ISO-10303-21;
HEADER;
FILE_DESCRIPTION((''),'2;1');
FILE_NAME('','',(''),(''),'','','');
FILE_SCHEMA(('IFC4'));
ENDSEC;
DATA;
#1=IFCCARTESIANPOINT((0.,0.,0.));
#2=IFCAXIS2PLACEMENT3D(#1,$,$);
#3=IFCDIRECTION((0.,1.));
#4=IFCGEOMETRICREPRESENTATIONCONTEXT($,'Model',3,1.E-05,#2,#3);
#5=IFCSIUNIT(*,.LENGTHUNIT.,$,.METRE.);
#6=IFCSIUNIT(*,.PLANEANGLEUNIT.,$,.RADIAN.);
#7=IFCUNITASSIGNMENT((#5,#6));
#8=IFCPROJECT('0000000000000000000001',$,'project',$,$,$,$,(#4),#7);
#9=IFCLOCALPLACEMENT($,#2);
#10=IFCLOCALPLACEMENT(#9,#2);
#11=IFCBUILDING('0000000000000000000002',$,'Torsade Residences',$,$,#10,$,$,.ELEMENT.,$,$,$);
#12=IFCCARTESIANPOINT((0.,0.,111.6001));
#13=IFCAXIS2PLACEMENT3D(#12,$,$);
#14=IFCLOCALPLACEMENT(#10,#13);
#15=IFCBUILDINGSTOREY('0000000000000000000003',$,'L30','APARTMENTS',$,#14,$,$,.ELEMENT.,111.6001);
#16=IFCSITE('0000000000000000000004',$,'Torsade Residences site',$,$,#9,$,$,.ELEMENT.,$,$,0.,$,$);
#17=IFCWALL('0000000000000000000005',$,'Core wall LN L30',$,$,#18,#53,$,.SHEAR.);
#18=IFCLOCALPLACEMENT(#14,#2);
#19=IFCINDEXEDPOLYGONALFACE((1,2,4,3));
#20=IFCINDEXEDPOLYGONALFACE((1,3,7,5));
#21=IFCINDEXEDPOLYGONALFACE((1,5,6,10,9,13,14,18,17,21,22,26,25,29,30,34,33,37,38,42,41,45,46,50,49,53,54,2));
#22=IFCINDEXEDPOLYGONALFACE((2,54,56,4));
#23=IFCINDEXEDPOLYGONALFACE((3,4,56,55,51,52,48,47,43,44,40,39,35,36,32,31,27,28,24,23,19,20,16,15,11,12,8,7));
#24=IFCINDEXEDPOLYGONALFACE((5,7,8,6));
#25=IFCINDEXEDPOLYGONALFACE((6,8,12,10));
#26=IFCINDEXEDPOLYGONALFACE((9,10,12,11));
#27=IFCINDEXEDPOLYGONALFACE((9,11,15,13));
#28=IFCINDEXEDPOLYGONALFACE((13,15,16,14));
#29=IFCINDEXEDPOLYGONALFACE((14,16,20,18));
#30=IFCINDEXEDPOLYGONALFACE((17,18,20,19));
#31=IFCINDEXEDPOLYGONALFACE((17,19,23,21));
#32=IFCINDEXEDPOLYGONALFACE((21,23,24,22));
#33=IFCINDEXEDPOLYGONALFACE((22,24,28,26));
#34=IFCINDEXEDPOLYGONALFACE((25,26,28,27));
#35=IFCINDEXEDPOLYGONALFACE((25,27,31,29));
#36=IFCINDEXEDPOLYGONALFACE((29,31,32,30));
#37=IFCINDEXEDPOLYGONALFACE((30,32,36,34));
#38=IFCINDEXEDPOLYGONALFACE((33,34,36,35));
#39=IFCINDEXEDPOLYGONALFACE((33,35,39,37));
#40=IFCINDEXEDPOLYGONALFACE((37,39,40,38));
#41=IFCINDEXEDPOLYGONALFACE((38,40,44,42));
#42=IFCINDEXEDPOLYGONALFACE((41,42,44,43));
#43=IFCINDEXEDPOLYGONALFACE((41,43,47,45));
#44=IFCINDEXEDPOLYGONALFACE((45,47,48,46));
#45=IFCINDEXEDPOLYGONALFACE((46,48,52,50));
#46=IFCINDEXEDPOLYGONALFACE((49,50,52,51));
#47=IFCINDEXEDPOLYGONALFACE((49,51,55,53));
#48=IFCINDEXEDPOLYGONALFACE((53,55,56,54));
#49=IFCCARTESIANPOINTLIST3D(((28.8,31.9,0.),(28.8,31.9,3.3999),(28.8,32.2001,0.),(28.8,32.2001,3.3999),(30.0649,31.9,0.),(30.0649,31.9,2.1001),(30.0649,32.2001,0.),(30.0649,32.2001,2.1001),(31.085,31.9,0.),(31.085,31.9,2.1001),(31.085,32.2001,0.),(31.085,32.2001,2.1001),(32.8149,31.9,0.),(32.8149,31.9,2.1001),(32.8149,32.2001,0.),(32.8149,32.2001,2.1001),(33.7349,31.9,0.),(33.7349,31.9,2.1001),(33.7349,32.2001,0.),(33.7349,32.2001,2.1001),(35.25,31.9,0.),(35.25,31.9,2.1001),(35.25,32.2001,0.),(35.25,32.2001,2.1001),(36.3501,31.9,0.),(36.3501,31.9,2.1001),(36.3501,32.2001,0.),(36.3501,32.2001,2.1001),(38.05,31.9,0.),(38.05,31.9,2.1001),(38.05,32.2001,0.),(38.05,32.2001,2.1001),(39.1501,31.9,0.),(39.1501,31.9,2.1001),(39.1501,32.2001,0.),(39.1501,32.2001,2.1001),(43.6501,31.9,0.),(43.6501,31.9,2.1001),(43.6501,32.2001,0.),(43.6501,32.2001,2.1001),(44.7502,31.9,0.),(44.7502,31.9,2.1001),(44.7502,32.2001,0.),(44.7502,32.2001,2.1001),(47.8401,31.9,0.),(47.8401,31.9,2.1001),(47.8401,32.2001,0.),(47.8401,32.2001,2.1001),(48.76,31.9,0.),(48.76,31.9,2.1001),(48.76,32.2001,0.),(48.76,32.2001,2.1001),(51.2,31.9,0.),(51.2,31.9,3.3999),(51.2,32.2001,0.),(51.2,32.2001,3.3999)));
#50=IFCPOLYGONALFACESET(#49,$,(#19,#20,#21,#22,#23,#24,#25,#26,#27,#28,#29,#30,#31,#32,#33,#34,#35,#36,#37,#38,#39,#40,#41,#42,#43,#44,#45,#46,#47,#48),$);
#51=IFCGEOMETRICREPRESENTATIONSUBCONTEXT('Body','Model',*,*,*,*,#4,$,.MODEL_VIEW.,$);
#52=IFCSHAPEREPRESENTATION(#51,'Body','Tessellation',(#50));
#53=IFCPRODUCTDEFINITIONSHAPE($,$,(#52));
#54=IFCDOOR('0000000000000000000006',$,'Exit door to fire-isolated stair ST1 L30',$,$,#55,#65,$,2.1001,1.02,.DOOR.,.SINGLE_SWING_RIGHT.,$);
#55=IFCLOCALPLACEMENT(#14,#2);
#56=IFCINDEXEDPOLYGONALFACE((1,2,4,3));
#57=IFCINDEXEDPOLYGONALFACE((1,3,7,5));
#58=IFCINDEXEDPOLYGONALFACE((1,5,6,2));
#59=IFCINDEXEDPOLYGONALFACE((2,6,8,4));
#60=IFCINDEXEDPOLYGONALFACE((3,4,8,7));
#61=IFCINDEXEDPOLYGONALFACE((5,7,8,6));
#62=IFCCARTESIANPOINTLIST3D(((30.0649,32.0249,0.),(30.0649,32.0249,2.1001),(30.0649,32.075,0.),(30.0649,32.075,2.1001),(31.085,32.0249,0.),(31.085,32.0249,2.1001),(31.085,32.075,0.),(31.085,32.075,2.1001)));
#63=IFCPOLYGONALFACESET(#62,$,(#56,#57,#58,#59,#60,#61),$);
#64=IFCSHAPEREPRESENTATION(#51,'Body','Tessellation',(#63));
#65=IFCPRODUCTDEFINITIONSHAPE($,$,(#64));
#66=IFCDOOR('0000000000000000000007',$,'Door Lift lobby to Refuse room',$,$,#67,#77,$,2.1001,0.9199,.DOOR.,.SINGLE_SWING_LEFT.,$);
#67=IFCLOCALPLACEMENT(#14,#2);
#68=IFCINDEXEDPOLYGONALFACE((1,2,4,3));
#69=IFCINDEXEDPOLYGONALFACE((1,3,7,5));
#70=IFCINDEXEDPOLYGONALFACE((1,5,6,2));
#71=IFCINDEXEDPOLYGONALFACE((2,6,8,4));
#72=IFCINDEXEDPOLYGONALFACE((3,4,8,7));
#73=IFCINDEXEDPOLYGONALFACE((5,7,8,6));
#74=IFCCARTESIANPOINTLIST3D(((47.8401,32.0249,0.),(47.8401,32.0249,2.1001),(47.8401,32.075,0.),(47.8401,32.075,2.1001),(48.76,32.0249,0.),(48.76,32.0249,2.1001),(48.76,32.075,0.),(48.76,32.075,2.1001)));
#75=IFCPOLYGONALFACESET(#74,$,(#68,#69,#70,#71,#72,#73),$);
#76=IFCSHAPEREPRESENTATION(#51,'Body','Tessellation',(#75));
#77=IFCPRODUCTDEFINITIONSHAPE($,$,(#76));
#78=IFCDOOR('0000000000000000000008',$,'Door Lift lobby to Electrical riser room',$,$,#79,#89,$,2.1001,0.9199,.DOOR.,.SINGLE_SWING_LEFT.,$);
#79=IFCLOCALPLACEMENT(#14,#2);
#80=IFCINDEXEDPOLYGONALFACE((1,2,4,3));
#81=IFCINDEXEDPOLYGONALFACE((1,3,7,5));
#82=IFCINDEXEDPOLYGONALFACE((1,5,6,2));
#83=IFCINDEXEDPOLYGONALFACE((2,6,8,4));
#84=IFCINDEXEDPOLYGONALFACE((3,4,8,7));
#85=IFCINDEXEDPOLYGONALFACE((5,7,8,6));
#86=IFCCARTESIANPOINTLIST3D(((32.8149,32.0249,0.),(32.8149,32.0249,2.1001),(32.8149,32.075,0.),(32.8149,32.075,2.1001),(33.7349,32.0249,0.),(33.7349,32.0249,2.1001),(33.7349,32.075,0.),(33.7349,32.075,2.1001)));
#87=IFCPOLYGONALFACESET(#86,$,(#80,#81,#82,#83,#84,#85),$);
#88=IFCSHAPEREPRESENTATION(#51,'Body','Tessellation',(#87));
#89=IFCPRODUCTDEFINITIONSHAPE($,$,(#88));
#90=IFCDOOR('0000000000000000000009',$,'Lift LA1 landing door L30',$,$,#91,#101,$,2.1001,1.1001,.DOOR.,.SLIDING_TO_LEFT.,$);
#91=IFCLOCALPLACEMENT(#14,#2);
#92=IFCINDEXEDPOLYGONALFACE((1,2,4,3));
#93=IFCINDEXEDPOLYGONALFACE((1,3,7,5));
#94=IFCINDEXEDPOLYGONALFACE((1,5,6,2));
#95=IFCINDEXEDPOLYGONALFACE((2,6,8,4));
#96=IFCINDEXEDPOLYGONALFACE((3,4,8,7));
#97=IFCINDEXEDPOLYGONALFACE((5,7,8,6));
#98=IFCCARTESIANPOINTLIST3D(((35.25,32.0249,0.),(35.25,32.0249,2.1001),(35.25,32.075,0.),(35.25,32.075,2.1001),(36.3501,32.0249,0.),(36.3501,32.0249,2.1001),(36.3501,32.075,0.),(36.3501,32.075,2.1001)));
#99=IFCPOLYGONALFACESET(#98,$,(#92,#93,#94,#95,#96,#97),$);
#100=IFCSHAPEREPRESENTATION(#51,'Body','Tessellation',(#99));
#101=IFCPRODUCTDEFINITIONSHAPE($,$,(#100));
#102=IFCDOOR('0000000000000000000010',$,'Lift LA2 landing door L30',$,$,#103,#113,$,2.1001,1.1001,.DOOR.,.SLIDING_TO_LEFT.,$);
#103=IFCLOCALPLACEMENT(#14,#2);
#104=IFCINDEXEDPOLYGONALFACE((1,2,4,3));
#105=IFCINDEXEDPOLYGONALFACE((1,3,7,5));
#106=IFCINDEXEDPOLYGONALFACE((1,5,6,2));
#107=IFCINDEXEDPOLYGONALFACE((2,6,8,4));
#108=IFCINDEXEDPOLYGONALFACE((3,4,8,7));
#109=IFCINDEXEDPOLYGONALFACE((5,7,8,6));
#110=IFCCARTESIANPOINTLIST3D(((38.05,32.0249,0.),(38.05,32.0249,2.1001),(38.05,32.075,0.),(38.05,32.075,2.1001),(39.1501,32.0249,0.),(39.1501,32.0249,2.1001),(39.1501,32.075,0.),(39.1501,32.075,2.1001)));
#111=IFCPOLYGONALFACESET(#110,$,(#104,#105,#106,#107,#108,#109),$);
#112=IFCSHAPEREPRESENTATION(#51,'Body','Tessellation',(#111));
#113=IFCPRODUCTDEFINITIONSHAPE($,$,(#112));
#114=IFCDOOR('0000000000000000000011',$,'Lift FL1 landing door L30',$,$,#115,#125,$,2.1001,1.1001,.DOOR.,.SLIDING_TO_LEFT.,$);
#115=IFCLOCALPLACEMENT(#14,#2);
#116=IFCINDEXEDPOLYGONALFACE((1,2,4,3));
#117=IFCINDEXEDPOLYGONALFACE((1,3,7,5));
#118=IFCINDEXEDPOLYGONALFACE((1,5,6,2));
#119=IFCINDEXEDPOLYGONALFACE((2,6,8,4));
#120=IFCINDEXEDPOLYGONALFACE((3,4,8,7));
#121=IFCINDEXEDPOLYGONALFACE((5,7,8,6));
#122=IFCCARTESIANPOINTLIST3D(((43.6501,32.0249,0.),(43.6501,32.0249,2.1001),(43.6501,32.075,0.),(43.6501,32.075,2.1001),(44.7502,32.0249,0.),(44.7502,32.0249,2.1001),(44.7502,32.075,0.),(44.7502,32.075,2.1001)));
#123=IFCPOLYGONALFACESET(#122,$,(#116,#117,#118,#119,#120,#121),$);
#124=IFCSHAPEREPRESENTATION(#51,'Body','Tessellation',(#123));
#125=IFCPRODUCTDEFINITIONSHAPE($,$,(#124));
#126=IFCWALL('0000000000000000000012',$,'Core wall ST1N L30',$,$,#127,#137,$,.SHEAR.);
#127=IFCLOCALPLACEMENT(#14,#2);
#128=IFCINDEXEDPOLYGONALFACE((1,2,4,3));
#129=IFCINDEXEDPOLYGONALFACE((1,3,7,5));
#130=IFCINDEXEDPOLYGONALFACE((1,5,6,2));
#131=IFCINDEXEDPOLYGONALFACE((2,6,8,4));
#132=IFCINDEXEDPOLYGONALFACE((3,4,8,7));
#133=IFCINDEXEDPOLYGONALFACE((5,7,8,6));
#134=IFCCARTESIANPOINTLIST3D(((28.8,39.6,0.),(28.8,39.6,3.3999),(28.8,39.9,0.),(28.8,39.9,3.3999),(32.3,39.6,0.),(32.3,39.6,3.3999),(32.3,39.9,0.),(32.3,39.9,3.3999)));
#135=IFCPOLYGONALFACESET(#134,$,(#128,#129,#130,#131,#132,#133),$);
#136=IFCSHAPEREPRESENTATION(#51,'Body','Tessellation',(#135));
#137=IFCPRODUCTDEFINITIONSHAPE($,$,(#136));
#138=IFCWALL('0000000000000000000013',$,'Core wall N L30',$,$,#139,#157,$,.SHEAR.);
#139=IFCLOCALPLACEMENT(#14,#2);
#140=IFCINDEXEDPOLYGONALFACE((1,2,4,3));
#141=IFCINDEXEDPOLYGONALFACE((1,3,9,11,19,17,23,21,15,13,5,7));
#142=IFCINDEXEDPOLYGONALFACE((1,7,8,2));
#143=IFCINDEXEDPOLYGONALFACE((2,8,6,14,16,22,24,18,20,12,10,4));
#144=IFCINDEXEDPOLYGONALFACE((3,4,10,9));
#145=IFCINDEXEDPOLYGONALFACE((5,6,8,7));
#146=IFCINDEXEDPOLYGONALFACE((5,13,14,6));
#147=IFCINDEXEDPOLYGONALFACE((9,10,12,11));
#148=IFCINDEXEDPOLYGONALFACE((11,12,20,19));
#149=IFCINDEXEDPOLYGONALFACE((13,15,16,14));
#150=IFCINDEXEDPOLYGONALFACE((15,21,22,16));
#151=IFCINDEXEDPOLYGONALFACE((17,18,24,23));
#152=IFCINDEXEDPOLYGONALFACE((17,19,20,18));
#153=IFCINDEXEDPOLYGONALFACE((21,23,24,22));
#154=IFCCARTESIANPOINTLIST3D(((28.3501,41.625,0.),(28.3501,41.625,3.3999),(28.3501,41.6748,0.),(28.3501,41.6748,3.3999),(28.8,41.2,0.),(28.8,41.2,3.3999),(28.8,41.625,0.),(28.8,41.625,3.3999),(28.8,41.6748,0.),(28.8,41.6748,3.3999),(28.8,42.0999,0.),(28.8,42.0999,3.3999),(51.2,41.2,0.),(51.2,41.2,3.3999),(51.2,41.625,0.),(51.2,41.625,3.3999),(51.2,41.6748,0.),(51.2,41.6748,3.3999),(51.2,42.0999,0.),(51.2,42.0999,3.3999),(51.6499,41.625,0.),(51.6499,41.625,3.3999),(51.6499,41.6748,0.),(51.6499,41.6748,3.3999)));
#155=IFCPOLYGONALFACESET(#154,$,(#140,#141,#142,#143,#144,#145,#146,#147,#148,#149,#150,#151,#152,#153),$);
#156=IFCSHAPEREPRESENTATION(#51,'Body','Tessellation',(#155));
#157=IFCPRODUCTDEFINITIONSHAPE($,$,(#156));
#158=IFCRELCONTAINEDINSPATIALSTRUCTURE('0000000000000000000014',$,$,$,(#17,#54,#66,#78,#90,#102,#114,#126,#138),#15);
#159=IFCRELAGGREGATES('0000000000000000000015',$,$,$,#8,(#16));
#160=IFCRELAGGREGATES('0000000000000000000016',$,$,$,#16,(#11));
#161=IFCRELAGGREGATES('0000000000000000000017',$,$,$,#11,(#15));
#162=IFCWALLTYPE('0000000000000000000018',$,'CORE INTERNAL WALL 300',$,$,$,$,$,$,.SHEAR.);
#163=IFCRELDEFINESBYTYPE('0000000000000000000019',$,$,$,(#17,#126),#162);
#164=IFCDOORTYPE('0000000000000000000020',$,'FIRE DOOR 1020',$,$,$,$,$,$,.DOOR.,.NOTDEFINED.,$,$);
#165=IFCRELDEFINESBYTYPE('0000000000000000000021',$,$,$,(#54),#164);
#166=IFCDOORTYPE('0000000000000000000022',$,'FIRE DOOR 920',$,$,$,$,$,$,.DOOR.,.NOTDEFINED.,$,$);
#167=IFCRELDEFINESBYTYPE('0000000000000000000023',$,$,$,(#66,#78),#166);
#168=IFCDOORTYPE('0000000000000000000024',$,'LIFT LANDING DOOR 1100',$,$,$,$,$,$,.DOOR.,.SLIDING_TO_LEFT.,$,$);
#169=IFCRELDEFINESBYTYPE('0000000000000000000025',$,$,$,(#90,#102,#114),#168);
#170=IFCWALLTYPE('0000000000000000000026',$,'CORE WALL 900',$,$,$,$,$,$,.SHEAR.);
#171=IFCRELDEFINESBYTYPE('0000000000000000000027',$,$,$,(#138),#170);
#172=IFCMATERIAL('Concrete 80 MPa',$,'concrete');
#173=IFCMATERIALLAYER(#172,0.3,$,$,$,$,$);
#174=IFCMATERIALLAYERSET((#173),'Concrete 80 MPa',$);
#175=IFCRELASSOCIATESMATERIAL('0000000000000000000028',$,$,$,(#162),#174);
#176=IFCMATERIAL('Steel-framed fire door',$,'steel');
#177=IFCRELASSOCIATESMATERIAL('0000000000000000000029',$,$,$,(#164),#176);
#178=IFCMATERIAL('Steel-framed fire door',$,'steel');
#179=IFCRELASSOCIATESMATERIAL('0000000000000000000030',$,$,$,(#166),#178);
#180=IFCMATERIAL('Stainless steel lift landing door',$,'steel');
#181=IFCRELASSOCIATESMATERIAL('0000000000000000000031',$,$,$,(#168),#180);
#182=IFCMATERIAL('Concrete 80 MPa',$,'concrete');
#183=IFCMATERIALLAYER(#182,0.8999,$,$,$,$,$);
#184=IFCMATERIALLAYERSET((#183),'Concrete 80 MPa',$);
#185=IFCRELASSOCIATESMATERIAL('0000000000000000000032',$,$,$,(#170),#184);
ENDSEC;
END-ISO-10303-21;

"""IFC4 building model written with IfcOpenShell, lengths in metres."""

from ifc_helpers import new_model, si_unit, direction, frame, frame_2d, origin, place, context, subcontext, project, spatial, polyline, rectangle, outline, extrude, material, layer, layer_set, type_object, element, fill, save


model = new_model("IFC4")

# Units and contexts
model_context = context("Model", 3, precision=1e-05, world=origin(), true_north=direction((0.0, 1.0)))
body_context = subcontext(model_context, "Body", "Model", "MODEL_VIEW")
ifc_project = project(units=[si_unit("LENGTHUNIT", "METRE"), si_unit("PLANEANGLEUNIT", "RADIAN")], contexts=[model_context])

# Site, building, storey
site_placement = place(None, origin())
site = spatial("IfcSite", under=ifc_project, at=site_placement, Name="Torsade Residences site", CompositionType="ELEMENT", RefElevation=0.0)
building_placement = place(site_placement, origin())
building = spatial("IfcBuilding", under=site, at=building_placement, Name="Torsade Residences", CompositionType="ELEMENT")
storey_placement = place(building_placement, frame((0.0, 0.0, 111.6001)))
storey = spatial("IfcBuildingStorey", under=building, at=storey_placement, Name="L30", Description="APARTMENTS", CompositionType="ELEMENT", Elevation=111.6001)

# Wall, openings, doors
ifc_material_1 = material(Name="Concrete 80 MPa", Category="concrete")
ifc_layer_1 = layer(ifc_material_1, 0.3)
ifc_layer_set_1 = layer_set([ifc_layer_1], Name="Concrete 80 MPa")
wall_type_1 = type_object("IfcWallType", Name="CORE INTERNAL WALL 300", PredefinedType="SHEAR", material=ifc_layer_set_1)
wall_1_placement = place(storey_placement, frame((28.8, 32.05, 0.0), z_axis=(0.0, 0.0, 1.0), x_axis=(1.0, 0.0, 0.0)))
wall_1 = element("IfcWall", 1, at=wall_1_placement, inside=storey, type_object=wall_type_1, Name="Core wall LN L30", PredefinedType="SHEAR", context=body_context, shape_type="SweptSolid", body=[
    extrude(rectangle(XDim=22.3999, YDim=0.3, at=frame_2d((11.2, 0.0))), origin(), (0.0, 0.0, 1.0), 3.3999),
])
opening_1_placement = place(wall_1_placement, frame((19.04, 0.0, 0.0)))
opening_1 = element("IfcOpeningElement", 2, at=opening_1_placement, cuts=wall_1, PredefinedType="OPENING", context=body_context, shape_type="SweptSolid", body=[
    extrude(rectangle(XDim=0.9199, YDim=2.1001, at=frame_2d((0.46, 1.05))), frame((0.0, 0.1599, 0.0), z_axis=(0.0, -1.0, 0.0), x_axis=(1.0, 0.0, 0.0)), (0.0, 0.0, 1.0), 0.3201),
])
opening_2_placement = place(wall_1_placement, frame((1.2649, 0.0, 0.0)))
opening_2 = element("IfcOpeningElement", 3, at=opening_2_placement, cuts=wall_1, PredefinedType="OPENING", context=body_context, shape_type="SweptSolid", body=[
    extrude(rectangle(XDim=1.02, YDim=2.1001, at=frame_2d((0.51, 1.05))), frame((0.0, 0.1599, 0.0), z_axis=(0.0, -1.0, 0.0), x_axis=(1.0, 0.0, 0.0)), (0.0, 0.0, 1.0), 0.3201),
])
opening_3_placement = place(wall_1_placement, frame((4.0149, 0.0, 0.0)))
opening_3 = element("IfcOpeningElement", 4, at=opening_3_placement, cuts=wall_1, PredefinedType="OPENING", context=body_context, shape_type="SweptSolid", body=[
    extrude(rectangle(XDim=0.9199, YDim=2.1001, at=frame_2d((0.46, 1.05))), frame((0.0, 0.1599, 0.0), z_axis=(0.0, -1.0, 0.0), x_axis=(1.0, 0.0, 0.0)), (0.0, 0.0, 1.0), 0.3201),
])
opening_4_placement = place(wall_1_placement, frame((6.45, 0.0, 0.0)))
opening_4 = element("IfcOpeningElement", 5, at=opening_4_placement, cuts=wall_1, PredefinedType="OPENING", context=body_context, shape_type="SweptSolid", body=[
    extrude(rectangle(XDim=1.1001, YDim=2.1001, at=frame_2d((0.55, 1.05))), frame((0.0, 0.1599, 0.0), z_axis=(0.0, -1.0, 0.0), x_axis=(1.0, 0.0, 0.0)), (0.0, 0.0, 1.0), 0.3201),
])
opening_5_placement = place(wall_1_placement, frame((9.25, 0.0, 0.0)))
opening_5 = element("IfcOpeningElement", 6, at=opening_5_placement, cuts=wall_1, PredefinedType="OPENING", context=body_context, shape_type="SweptSolid", body=[
    extrude(rectangle(XDim=1.1001, YDim=2.1001, at=frame_2d((0.55, 1.05))), frame((0.0, 0.1599, 0.0), z_axis=(0.0, -1.0, 0.0), x_axis=(1.0, 0.0, 0.0)), (0.0, 0.0, 1.0), 0.3201),
])
opening_6_placement = place(wall_1_placement, frame((14.8501, 0.0, 0.0)))
opening_6 = element("IfcOpeningElement", 7, at=opening_6_placement, cuts=wall_1, PredefinedType="OPENING", context=body_context, shape_type="SweptSolid", body=[
    extrude(rectangle(XDim=1.1001, YDim=2.1001, at=frame_2d((0.55, 1.05))), frame((0.0, 0.1599, 0.0), z_axis=(0.0, -1.0, 0.0), x_axis=(1.0, 0.0, 0.0)), (0.0, 0.0, 1.0), 0.3201),
])
ifc_material_2 = material(Name="Steel-framed fire door", Category="steel")
door_type_1 = type_object("IfcDoorType", Name="FIRE DOOR 1020", OperationType="NOTDEFINED", PredefinedType="DOOR", material=ifc_material_2)
door_1_placement = place(opening_2_placement, origin())
door_1 = element("IfcDoor", 8, at=door_1_placement, inside=storey, type_object=door_type_1, Name="Exit door to fire-isolated stair ST1 L30", OperationType="SINGLE_SWING_RIGHT", OverallHeight=2.1001, OverallWidth=1.02, PredefinedType="DOOR", context=body_context, shape_type="SweptSolid", body=[
    extrude(rectangle(XDim=1.02, YDim=2.1001, at=frame_2d((0.51, 1.05))), frame((0.0, 0.0249, 0.0), z_axis=(0.0, -1.0, 0.0), x_axis=(1.0, 0.0, 0.0)), (0.0, 0.0, 1.0), 0.05),
])
fill(opening_2, door_1)
ifc_material_3 = material(Name="Steel-framed fire door", Category="steel")
door_type_2 = type_object("IfcDoorType", Name="FIRE DOOR 920", OperationType="NOTDEFINED", PredefinedType="DOOR", material=ifc_material_3)
door_2_placement = place(opening_1_placement, origin())
door_2 = element("IfcDoor", 9, at=door_2_placement, inside=storey, type_object=door_type_2, Name="Door Lift lobby to Refuse room", OperationType="SINGLE_SWING_LEFT", OverallHeight=2.1001, OverallWidth=0.9199, PredefinedType="DOOR", context=body_context, shape_type="SweptSolid", body=[
    extrude(rectangle(XDim=0.9199, YDim=2.1001, at=frame_2d((0.46, 1.05))), frame((0.0, 0.0249, 0.0), z_axis=(0.0, -1.0, 0.0), x_axis=(1.0, 0.0, 0.0)), (0.0, 0.0, 1.0), 0.05),
])
fill(opening_1, door_2)
door_3_placement = place(opening_3_placement, origin())
door_3 = element("IfcDoor", 10, at=door_3_placement, inside=storey, type_object=door_type_2, Name="Door Lift lobby to Electrical riser room", OperationType="SINGLE_SWING_LEFT", OverallHeight=2.1001, OverallWidth=0.9199, PredefinedType="DOOR", context=body_context, shape_type="SweptSolid", body=[
    extrude(rectangle(XDim=0.9199, YDim=2.1001, at=frame_2d((0.46, 1.05))), frame((0.0, 0.0249, 0.0), z_axis=(0.0, -1.0, 0.0), x_axis=(1.0, 0.0, 0.0)), (0.0, 0.0, 1.0), 0.05),
])
fill(opening_3, door_3)
ifc_material_4 = material(Name="Stainless steel lift landing door", Category="steel")
door_type_3 = type_object("IfcDoorType", Name="LIFT LANDING DOOR 1100", OperationType="SLIDING_TO_LEFT", PredefinedType="DOOR", material=ifc_material_4)
door_4_placement = place(opening_4_placement, origin())
door_4 = element("IfcDoor", 11, at=door_4_placement, inside=storey, type_object=door_type_3, Name="Lift LA1 landing door L30", OperationType="SLIDING_TO_LEFT", OverallHeight=2.1001, OverallWidth=1.1001, PredefinedType="DOOR", context=body_context, shape_type="SweptSolid", body=[
    extrude(rectangle(XDim=1.1001, YDim=2.1001, at=frame_2d((0.55, 1.05))), frame((0.0, 0.0249, 0.0), z_axis=(0.0, -1.0, 0.0), x_axis=(1.0, 0.0, 0.0)), (0.0, 0.0, 1.0), 0.05),
])
fill(opening_4, door_4)
door_5_placement = place(opening_5_placement, origin())
door_5 = element("IfcDoor", 12, at=door_5_placement, inside=storey, type_object=door_type_3, Name="Lift LA2 landing door L30", OperationType="SLIDING_TO_LEFT", OverallHeight=2.1001, OverallWidth=1.1001, PredefinedType="DOOR", context=body_context, shape_type="SweptSolid", body=[
    extrude(rectangle(XDim=1.1001, YDim=2.1001, at=frame_2d((0.55, 1.05))), frame((0.0, 0.0249, 0.0), z_axis=(0.0, -1.0, 0.0), x_axis=(1.0, 0.0, 0.0)), (0.0, 0.0, 1.0), 0.05),
])
fill(opening_5, door_5)
door_6_placement = place(opening_6_placement, origin())
door_6 = element("IfcDoor", 13, at=door_6_placement, inside=storey, type_object=door_type_3, Name="Lift FL1 landing door L30", OperationType="SLIDING_TO_LEFT", OverallHeight=2.1001, OverallWidth=1.1001, PredefinedType="DOOR", context=body_context, shape_type="SweptSolid", body=[
    extrude(rectangle(XDim=1.1001, YDim=2.1001, at=frame_2d((0.55, 1.05))), frame((0.0, 0.0249, 0.0), z_axis=(0.0, -1.0, 0.0), x_axis=(1.0, 0.0, 0.0)), (0.0, 0.0, 1.0), 0.05),
])
fill(opening_6, door_6)

# Walls
wall_2_placement = place(storey_placement, frame((28.8, 39.75, 0.0), z_axis=(0.0, 0.0, 1.0), x_axis=(1.0, 0.0, 0.0)))
element("IfcWall", 14, at=wall_2_placement, inside=storey, type_object=wall_type_1, Name="Core wall ST1N L30", PredefinedType="SHEAR", context=body_context, shape_type="SweptSolid", body=[
    extrude(rectangle(XDim=3.5, YDim=0.3, at=frame_2d((1.75, 0.0))), origin(), (0.0, 0.0, 1.0), 3.3999),
])
ifc_material_5 = material(Name="Concrete 80 MPa", Category="concrete")
ifc_layer_2 = layer(ifc_material_5, 0.8999)
ifc_layer_set_2 = layer_set([ifc_layer_2], Name="Concrete 80 MPa")
wall_type_2 = type_object("IfcWallType", Name="CORE WALL 900", PredefinedType="SHEAR", material=ifc_layer_set_2)
wall_3_placement = place(storey_placement, frame((28.8, 41.6499, 0.0), z_axis=(0.0, 0.0, 1.0), x_axis=(1.0, 0.0, 0.0)))
element("IfcWall", 15, at=wall_3_placement, inside=storey, type_object=wall_type_2, Name="Core wall N L30", PredefinedType="SHEAR", context=body_context, shape_type="SweptSolid", body=[
    extrude(outline(polyline([(0.0, -0.45), (22.3999, -0.45), (22.3999, -0.0249), (22.8499, -0.0249), (22.8499, 0.0249), (22.3999, 0.0249), (22.3999, 0.45), (0.0, 0.45), (0.0, 0.0249), (-0.45, 0.0249), (-0.45, -0.0249), (0.0, -0.0249), (0.0, -0.45)])), origin(), (0.0, 0.0, 1.0), 3.3999),
])

save(model, "model.ifc")
